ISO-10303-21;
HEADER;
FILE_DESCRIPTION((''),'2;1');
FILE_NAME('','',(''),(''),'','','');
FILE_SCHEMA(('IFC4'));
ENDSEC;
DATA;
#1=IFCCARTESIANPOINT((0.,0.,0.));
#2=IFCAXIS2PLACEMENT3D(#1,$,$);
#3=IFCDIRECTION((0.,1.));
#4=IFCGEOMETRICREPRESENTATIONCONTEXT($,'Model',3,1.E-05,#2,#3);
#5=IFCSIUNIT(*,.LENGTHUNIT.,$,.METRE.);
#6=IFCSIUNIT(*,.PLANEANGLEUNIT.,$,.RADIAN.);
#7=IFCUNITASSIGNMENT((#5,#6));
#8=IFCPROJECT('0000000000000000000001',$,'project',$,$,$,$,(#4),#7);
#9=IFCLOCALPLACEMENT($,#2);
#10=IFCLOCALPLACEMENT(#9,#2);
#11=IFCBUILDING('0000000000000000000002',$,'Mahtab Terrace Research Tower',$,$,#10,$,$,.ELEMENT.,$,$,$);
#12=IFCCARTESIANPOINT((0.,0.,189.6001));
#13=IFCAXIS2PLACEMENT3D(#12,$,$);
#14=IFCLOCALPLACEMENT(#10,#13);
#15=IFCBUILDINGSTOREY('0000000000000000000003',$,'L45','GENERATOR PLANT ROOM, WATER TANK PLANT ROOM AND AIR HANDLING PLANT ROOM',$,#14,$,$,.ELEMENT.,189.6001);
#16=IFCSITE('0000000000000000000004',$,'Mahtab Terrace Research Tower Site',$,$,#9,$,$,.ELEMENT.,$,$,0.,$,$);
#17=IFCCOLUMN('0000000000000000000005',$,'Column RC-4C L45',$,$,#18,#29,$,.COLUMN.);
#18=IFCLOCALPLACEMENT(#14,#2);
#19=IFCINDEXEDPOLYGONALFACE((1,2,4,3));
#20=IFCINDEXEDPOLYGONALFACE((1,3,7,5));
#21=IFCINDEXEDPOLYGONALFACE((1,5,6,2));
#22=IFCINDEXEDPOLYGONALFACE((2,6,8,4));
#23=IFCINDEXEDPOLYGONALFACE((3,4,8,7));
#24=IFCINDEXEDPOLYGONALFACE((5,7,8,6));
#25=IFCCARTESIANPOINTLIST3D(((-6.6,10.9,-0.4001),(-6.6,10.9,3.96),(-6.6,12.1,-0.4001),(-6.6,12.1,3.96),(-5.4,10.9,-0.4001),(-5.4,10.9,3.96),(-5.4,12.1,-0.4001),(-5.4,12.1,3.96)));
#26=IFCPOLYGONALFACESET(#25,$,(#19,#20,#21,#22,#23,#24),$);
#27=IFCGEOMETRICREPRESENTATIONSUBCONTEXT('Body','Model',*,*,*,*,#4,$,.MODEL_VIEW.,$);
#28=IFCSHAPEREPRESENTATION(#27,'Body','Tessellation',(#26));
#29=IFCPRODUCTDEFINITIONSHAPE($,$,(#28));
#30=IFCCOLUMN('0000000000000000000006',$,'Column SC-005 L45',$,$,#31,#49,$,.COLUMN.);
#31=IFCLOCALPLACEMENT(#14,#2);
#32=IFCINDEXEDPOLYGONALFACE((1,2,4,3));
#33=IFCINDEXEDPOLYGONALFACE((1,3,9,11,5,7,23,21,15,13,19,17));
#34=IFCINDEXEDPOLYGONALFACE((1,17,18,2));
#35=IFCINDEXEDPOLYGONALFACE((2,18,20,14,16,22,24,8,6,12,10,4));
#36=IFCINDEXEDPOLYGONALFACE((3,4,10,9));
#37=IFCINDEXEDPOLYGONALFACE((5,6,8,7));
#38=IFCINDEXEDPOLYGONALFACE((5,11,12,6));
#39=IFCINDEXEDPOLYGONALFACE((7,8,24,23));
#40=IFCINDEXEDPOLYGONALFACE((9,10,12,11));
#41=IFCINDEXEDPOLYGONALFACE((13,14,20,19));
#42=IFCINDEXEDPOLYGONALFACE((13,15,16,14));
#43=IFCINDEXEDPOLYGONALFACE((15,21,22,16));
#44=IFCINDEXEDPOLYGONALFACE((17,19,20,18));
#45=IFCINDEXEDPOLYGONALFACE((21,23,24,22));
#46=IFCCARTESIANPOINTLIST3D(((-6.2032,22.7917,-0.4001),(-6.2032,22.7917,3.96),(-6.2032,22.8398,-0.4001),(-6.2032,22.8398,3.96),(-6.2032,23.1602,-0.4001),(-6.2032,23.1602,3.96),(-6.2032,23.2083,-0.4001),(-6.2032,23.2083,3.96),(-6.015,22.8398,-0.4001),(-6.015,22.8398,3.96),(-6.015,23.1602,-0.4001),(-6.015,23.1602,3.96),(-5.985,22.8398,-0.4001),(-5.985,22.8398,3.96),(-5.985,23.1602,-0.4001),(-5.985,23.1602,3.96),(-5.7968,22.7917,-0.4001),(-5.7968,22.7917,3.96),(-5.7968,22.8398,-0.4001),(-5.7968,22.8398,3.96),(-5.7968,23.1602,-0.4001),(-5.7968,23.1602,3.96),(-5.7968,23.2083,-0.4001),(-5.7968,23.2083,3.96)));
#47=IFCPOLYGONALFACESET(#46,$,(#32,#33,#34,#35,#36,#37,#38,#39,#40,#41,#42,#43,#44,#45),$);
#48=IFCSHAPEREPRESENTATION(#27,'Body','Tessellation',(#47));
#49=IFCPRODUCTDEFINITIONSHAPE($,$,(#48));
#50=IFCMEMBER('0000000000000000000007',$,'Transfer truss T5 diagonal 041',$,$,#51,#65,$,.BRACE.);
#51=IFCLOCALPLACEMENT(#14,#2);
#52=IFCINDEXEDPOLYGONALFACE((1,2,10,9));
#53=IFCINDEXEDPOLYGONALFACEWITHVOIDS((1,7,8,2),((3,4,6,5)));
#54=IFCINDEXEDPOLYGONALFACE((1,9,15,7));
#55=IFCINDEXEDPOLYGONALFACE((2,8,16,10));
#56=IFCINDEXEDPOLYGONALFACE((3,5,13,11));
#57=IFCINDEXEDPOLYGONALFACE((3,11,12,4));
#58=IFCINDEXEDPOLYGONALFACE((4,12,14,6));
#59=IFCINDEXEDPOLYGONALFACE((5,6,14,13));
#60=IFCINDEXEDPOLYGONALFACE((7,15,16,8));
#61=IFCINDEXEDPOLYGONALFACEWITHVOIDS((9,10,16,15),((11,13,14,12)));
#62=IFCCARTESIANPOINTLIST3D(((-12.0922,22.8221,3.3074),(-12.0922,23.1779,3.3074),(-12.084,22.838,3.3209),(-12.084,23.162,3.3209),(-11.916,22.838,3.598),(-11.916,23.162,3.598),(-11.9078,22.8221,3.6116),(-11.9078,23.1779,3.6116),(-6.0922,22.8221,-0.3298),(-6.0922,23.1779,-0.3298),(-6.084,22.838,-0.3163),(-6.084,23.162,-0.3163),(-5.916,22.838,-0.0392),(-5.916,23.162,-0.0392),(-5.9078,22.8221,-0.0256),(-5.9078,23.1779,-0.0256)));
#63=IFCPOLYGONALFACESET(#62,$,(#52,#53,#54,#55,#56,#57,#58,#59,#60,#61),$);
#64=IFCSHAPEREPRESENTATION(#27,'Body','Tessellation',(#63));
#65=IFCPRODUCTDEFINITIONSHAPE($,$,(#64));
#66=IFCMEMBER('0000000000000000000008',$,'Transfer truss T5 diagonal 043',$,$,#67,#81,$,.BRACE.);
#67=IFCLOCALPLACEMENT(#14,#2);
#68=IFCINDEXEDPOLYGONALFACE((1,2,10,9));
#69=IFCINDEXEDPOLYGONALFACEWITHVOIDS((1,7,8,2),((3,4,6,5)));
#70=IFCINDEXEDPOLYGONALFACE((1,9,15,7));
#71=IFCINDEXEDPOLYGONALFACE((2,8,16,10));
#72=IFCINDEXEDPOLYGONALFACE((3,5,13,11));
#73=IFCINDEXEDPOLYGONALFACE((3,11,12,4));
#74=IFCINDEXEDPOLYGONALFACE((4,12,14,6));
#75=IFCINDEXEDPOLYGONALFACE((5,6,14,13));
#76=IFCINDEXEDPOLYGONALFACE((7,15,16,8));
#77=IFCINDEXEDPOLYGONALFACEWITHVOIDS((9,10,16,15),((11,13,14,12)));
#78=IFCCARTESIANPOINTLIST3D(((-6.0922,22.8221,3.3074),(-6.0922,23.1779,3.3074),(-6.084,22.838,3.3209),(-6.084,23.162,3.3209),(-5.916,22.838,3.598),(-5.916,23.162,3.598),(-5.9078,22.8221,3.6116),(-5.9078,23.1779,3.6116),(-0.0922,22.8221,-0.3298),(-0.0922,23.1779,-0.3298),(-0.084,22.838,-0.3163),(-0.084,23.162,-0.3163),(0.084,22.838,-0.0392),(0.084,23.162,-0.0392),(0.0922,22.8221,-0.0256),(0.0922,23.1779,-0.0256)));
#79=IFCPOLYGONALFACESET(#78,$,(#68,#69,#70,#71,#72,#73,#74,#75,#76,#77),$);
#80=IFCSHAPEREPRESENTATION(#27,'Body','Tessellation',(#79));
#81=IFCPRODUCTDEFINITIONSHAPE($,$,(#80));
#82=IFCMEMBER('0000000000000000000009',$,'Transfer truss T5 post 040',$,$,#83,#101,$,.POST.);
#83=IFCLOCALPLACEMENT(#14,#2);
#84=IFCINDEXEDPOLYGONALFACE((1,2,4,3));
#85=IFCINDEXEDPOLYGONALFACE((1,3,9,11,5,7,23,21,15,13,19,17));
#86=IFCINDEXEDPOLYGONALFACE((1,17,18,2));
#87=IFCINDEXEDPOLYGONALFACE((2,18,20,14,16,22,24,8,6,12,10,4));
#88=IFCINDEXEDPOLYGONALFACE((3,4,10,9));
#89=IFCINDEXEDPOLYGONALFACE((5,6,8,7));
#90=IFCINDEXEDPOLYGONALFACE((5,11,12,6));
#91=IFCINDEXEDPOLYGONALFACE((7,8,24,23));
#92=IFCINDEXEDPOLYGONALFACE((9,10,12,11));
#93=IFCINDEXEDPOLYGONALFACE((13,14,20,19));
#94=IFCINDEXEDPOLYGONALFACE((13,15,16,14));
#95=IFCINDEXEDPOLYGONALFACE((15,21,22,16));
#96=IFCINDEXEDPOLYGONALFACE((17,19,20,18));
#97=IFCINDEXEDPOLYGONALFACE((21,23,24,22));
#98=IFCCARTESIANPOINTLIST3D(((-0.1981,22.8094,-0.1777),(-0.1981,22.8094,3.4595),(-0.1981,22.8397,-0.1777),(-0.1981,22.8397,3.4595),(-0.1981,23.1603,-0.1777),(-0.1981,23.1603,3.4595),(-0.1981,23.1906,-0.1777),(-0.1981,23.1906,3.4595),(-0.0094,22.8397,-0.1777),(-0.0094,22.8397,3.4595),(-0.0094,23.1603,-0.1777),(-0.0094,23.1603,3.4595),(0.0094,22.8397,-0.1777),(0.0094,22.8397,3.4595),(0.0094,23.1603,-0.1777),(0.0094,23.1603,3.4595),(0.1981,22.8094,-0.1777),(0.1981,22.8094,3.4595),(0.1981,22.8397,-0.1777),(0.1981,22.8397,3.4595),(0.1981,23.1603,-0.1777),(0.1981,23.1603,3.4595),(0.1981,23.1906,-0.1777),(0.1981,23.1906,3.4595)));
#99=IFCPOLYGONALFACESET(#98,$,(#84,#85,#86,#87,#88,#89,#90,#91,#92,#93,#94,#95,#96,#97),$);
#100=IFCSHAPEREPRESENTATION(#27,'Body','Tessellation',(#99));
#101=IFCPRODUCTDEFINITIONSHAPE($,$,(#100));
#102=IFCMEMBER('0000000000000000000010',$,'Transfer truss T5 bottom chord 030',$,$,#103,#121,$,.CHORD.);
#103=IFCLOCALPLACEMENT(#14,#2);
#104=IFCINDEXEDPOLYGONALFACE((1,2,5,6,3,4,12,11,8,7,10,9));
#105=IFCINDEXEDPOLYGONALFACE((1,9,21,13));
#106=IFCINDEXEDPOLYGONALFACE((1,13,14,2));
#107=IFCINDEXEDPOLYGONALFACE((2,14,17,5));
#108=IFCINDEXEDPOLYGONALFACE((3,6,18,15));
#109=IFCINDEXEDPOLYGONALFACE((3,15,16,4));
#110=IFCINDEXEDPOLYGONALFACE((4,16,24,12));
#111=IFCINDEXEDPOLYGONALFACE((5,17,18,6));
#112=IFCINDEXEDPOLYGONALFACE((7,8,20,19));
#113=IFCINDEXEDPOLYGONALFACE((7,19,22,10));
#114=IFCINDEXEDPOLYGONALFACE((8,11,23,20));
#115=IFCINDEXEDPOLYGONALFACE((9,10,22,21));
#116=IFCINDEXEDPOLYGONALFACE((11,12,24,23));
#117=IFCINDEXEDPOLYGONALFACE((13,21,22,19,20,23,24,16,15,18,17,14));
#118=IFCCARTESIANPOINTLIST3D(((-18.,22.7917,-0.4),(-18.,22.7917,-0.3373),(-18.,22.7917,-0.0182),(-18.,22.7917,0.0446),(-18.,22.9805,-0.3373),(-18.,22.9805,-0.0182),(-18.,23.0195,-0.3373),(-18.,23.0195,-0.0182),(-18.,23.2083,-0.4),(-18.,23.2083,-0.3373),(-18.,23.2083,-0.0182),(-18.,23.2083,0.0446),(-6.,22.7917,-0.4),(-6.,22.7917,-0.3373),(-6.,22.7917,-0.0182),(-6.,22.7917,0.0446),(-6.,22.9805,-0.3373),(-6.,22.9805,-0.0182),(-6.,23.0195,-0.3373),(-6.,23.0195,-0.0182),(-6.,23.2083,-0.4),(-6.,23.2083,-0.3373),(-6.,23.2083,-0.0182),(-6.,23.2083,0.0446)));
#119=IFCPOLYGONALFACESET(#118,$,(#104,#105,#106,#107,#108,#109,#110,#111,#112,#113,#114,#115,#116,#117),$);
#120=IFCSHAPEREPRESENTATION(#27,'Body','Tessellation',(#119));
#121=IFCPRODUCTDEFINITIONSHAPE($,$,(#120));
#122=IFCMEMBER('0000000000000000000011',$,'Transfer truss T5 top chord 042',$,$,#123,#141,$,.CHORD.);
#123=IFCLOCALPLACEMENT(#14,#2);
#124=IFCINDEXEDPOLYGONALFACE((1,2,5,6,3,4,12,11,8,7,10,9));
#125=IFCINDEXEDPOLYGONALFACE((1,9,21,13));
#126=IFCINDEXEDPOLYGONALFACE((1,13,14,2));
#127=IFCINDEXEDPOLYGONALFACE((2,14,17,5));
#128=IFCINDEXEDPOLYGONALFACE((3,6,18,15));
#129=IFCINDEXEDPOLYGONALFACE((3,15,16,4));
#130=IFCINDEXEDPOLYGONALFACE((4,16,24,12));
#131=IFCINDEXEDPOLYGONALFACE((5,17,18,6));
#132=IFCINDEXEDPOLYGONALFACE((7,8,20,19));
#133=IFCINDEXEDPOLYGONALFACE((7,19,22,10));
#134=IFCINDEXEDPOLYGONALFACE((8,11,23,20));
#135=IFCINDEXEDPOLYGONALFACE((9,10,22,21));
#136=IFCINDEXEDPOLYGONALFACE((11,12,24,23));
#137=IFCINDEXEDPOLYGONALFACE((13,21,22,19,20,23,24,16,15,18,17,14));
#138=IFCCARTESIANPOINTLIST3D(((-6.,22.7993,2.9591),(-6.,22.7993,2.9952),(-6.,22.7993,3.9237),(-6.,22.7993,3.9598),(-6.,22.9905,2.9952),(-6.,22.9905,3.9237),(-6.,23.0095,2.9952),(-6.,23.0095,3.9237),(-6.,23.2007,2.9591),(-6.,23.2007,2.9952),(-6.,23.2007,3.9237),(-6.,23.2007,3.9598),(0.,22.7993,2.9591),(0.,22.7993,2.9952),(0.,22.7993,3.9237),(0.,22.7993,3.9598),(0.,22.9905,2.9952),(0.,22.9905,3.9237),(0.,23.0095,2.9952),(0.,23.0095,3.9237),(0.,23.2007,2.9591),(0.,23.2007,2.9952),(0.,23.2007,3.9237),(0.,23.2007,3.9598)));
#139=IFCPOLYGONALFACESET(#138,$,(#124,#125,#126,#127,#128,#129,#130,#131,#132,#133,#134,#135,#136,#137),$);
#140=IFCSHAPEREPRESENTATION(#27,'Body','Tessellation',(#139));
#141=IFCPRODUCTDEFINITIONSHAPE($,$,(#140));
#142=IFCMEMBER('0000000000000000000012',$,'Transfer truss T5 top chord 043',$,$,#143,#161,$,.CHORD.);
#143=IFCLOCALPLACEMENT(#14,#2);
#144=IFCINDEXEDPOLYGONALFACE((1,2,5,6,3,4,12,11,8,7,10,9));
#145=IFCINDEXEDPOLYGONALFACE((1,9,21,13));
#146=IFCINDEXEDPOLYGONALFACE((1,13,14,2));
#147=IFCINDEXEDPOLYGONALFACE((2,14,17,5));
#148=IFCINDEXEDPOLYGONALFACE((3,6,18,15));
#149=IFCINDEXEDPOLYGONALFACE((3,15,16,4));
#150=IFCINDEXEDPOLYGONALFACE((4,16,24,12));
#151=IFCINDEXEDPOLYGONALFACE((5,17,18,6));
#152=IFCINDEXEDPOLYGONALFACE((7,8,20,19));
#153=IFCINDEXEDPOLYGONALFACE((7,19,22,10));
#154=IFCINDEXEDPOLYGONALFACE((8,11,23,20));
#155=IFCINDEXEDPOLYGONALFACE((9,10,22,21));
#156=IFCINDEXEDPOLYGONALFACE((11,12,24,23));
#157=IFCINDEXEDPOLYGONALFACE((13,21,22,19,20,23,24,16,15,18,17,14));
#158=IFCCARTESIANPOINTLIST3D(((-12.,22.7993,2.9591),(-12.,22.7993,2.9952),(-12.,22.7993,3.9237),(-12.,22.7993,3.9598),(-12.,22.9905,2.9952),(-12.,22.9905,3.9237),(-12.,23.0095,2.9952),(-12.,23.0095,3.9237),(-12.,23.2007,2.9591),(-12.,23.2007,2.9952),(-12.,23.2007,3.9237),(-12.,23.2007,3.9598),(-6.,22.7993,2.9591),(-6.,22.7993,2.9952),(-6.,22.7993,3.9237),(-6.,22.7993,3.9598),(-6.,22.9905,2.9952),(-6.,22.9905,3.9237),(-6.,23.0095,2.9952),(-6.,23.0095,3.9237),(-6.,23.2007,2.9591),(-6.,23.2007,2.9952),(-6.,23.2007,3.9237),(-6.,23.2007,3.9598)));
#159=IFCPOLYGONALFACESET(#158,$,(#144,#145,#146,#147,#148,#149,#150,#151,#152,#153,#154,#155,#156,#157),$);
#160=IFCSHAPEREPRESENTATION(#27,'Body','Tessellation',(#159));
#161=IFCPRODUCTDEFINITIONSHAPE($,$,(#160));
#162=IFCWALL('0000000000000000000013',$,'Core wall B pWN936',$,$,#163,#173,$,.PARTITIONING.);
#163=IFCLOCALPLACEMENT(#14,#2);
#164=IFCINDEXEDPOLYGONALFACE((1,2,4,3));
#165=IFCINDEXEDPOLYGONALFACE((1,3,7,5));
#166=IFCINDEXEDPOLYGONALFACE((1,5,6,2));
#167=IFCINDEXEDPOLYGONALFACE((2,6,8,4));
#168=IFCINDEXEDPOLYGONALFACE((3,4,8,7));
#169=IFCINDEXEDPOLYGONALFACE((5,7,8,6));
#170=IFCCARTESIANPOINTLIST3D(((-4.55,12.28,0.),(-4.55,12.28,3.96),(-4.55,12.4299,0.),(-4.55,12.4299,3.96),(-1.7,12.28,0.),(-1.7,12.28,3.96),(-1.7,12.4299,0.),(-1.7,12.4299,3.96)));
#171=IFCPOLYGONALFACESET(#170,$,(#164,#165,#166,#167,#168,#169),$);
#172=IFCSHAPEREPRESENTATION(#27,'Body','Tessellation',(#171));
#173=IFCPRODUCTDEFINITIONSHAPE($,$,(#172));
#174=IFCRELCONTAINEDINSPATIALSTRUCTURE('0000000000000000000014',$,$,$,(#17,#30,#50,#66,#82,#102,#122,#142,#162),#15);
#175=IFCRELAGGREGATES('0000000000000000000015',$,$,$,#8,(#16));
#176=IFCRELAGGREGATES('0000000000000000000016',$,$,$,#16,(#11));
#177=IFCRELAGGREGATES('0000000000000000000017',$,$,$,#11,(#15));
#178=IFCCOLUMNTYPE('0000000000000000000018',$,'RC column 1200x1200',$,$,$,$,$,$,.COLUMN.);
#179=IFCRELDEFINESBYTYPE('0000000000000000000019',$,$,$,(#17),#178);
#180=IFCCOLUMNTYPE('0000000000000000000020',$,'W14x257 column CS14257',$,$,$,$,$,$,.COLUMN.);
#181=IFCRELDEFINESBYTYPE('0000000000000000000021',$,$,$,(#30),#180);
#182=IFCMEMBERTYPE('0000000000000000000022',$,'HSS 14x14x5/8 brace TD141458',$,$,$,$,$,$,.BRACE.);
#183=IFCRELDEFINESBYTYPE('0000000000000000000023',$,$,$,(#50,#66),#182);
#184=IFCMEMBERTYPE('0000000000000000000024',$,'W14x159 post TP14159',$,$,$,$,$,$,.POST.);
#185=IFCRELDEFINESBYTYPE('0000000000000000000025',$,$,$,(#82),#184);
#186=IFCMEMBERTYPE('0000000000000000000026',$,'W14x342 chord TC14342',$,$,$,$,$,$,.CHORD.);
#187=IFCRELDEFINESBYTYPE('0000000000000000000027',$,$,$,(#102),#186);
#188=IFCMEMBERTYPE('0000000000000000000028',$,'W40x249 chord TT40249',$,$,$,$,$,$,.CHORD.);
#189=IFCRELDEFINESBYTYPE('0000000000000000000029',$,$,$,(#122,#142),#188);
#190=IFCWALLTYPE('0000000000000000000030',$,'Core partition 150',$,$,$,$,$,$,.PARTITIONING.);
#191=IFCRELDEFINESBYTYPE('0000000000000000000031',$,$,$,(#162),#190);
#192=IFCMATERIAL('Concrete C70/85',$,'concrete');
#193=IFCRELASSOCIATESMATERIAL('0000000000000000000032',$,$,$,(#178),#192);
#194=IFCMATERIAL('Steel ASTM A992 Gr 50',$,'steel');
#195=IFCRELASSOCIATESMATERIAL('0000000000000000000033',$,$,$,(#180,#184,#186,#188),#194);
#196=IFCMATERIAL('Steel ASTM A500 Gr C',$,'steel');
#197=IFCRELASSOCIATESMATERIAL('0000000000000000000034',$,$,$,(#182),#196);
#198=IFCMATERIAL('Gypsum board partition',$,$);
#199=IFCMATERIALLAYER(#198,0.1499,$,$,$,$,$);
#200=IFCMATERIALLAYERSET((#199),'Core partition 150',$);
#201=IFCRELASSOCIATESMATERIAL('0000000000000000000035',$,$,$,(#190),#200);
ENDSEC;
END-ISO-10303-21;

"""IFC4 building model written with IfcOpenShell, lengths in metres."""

from ifc_helpers import new_model, si_unit, direction, frame, frame_2d, origin, origin_2d, place, context, subcontext, project, spatial, rectangle, hollow_rectangle, i_section, extrude, material, layer, layer_set, material_profile, profile_set, type_object, element, save


model = new_model("IFC4")

# Units and contexts
model_context = context("Model", 3, precision=1e-05, world=origin(), true_north=direction((0.0, 1.0)))
body_context = subcontext(model_context, "Body", "Model", "MODEL_VIEW")
ifc_project = project(units=[si_unit("LENGTHUNIT", "METRE"), si_unit("PLANEANGLEUNIT", "RADIAN")], contexts=[model_context])

# Site, building, storey
site_placement = place(None, origin())
site = spatial("IfcSite", under=ifc_project, at=site_placement, Name="Mahtab Terrace Research Tower Site", CompositionType="ELEMENT", RefElevation=0.0)
building_placement = place(site_placement, origin())
building = spatial("IfcBuilding", under=site, at=building_placement, Name="Mahtab Terrace Research Tower", CompositionType="ELEMENT")
storey_placement = place(building_placement, frame((0.0, 0.0, 189.6001)))
storey = spatial("IfcBuildingStorey", under=building, at=storey_placement, Name="L45", Description="GENERATOR PLANT ROOM, WATER TANK PLANT ROOM AND AIR HANDLING PLANT ROOM", CompositionType="ELEMENT", Elevation=189.6001)

# Columns
ifc_material_1 = material(Name="Concrete C70/85", Category="concrete")
ifc_material_profile_1 = material_profile(ifc_material_1, rectangle(XDim=1.2, YDim=1.2, at=origin_2d()), Name="RC column 1200x1200")
ifc_profile_set_1 = profile_set([ifc_material_profile_1], Name="Concrete C70/85")
column_type_1 = type_object("IfcColumnType", Name="RC column 1200x1200", PredefinedType="COLUMN", material=ifc_profile_set_1)
column_1_placement = place(storey_placement, frame((-6.0, 11.5, -0.4001), z_axis=(0.0, 0.0, 1.0), x_axis=(1.0, 0.0, 0.0)))
element("IfcColumn", 1, at=column_1_placement, inside=storey, type_object=column_type_1, Name="Column RC-4C L45", PredefinedType="COLUMN", context=body_context, shape_type="SweptSolid", body=[
    extrude(rectangle(XDim=1.2, YDim=1.2, at=origin_2d()), origin(), (0.0, 0.0, 1.0), 4.3601),
])
ifc_material_2 = material(Name="Steel ASTM A992 Gr 50", Category="steel")
ifc_material_profile_2 = material_profile(ifc_material_2, i_section(OverallWidth=0.4065, OverallDepth=0.4165, WebThickness=0.03, FlangeThickness=0.0481, at=origin_2d()), Name="W14X257")
ifc_profile_set_2 = profile_set([ifc_material_profile_2], Name="Steel ASTM A992 Gr 50")
column_type_2 = type_object("IfcColumnType", Name="W14x257 column CS14257", PredefinedType="COLUMN", material=ifc_profile_set_2)
column_2_placement = place(storey_placement, frame((-6.0, 23.0, -0.4001), z_axis=(0.0, 0.0, 1.0), x_axis=(1.0, 0.0, 0.0)))
element("IfcColumn", 2, at=column_2_placement, inside=storey, type_object=column_type_2, Name="Column SC-005 L45", PredefinedType="COLUMN", context=body_context, shape_type="SweptSolid", body=[
    extrude(i_section(OverallWidth=0.4065, OverallDepth=0.4165, WebThickness=0.03, FlangeThickness=0.0481, at=origin_2d()), origin(), (0.0, 0.0, 1.0), 4.3601),
])

# Members
ifc_material_3 = material(Name="Steel ASTM A500 Gr C", Category="steel")
ifc_material_profile_3 = material_profile(ifc_material_3, hollow_rectangle(XDim=0.3557, YDim=0.3557, WallThickness=0.0159, at=origin_2d()), Name="HSS14X14X5/8")
ifc_profile_set_3 = profile_set([ifc_material_profile_3], Name="Steel ASTM A500 Gr C")
member_type_1 = type_object("IfcMemberType", Name="HSS 14x14x5/8 brace TD141458", PredefinedType="BRACE", material=ifc_profile_set_3)
for number, where, z_axis, x_axis, name in (
    (3, (-6.0, 23.0, -0.1777), (-0.855145, 0.0, 0.51839), (0.0, -1.0, 0.0), "Transfer truss T5 diagonal 041"),
    (4, (0.0, 23.0, -0.1777), (-0.855145, 0.0, 0.51839), (0.0, -1.0, 0.0), "Transfer truss T5 diagonal 043"),
):
    element("IfcMember", number, at=place(storey_placement, frame(where, z_axis=z_axis, x_axis=x_axis)), inside=storey, type_object=member_type_1, Name=name, PredefinedType="BRACE", context=body_context, shape_type="SweptSolid", body=[
        extrude(hollow_rectangle(XDim=0.3557, YDim=0.3557, WallThickness=0.0159, at=origin_2d()), origin(), (0.0, 0.0, 1.0), 7.0164),
    ])
ifc_material_profile_4 = material_profile(ifc_material_2, i_section(OverallWidth=0.3962, OverallDepth=0.3811, WebThickness=0.0188, FlangeThickness=0.0303, at=origin_2d()), Name="W14X159")
ifc_profile_set_4 = profile_set([ifc_material_profile_4], Name="Steel ASTM A992 Gr 50")
member_type_2 = type_object("IfcMemberType", Name="W14x159 post TP14159", PredefinedType="POST", material=ifc_profile_set_4)
member_1_placement = place(storey_placement, frame((0.0, 23.0, -0.1777), z_axis=(0.0, 0.0, 1.0), x_axis=(1.0, 0.0, 0.0)))
element("IfcMember", 5, at=member_1_placement, inside=storey, type_object=member_type_2, Name="Transfer truss T5 post 040", PredefinedType="POST", context=body_context, shape_type="SweptSolid", body=[
    extrude(i_section(OverallWidth=0.3962, OverallDepth=0.3811, WebThickness=0.0188, FlangeThickness=0.0303, at=origin_2d()), origin(), (0.0, 0.0, 1.0), 3.6372),
])
ifc_material_profile_5 = material_profile(ifc_material_2, i_section(OverallWidth=0.4165, OverallDepth=0.4446, WebThickness=0.0391, FlangeThickness=0.0627, at=origin_2d()), Name="W14X342")
ifc_profile_set_5 = profile_set([ifc_material_profile_5], Name="Steel ASTM A992 Gr 50")
member_type_3 = type_object("IfcMemberType", Name="W14x342 chord TC14342", PredefinedType="CHORD", material=ifc_profile_set_5)
member_2_placement = place(storey_placement, frame((-6.0, 23.0, -0.1777), z_axis=(-1.0, 0.0, 0.0), x_axis=(0.0, -1.0, 0.0)))
element("IfcMember", 6, at=member_2_placement, inside=storey, type_object=member_type_3, Name="Transfer truss T5 bottom chord 030", PredefinedType="CHORD", context=body_context, shape_type="SweptSolid", body=[
    extrude(i_section(OverallWidth=0.4165, OverallDepth=0.4446, WebThickness=0.0391, FlangeThickness=0.0627, at=origin_2d()), origin(), (0.0, 0.0, 1.0), 12.0),
])
ifc_material_profile_6 = material_profile(ifc_material_2, i_section(OverallWidth=0.4014, OverallDepth=1.0007, WebThickness=0.019, FlangeThickness=0.0361, at=origin_2d()), Name="W40X249")
ifc_profile_set_6 = profile_set([ifc_material_profile_6], Name="Steel ASTM A992 Gr 50")
member_type_4 = type_object("IfcMemberType", Name="W40x249 chord TT40249", PredefinedType="CHORD", material=ifc_profile_set_6)
for number, where, z_axis, x_axis, name in (
    (7, (0.0, 23.0, 3.4595), (-1.0, 0.0, 0.0), (0.0, -1.0, 0.0), "Transfer truss T5 top chord 042"),
    (8, (-6.0, 23.0, 3.4595), (-1.0, 0.0, 0.0), (0.0, -1.0, 0.0), "Transfer truss T5 top chord 043"),
):
    element("IfcMember", number, at=place(storey_placement, frame(where, z_axis=z_axis, x_axis=x_axis)), inside=storey, type_object=member_type_4, Name=name, PredefinedType="CHORD", context=body_context, shape_type="SweptSolid", body=[
        extrude(i_section(OverallWidth=0.4014, OverallDepth=1.0007, WebThickness=0.019, FlangeThickness=0.0361, at=origin_2d()), origin(), (0.0, 0.0, 1.0), 6.0),
    ])

# Wall
ifc_material_4 = material(Name="Gypsum board partition")
ifc_layer_1 = layer(ifc_material_4, 0.1499)
ifc_layer_set_1 = layer_set([ifc_layer_1], Name="Core partition 150")
wall_type_1 = type_object("IfcWallType", Name="Core partition 150", PredefinedType="PARTITIONING", material=ifc_layer_set_1)
wall_1_placement = place(storey_placement, frame((-4.55, 12.355, 0.0), z_axis=(0.0, 0.0, 1.0), x_axis=(1.0, 0.0, 0.0)))
element("IfcWall", 9, at=wall_1_placement, inside=storey, type_object=wall_type_1, Name="Core wall B pWN936", PredefinedType="PARTITIONING", context=body_context, shape_type="SweptSolid", body=[
    extrude(rectangle(XDim=2.8501, YDim=0.1499, at=frame_2d((1.425, 0.0))), origin(), (0.0, 0.0, 1.0), 3.96),
])

save(model, "model.ifc")
